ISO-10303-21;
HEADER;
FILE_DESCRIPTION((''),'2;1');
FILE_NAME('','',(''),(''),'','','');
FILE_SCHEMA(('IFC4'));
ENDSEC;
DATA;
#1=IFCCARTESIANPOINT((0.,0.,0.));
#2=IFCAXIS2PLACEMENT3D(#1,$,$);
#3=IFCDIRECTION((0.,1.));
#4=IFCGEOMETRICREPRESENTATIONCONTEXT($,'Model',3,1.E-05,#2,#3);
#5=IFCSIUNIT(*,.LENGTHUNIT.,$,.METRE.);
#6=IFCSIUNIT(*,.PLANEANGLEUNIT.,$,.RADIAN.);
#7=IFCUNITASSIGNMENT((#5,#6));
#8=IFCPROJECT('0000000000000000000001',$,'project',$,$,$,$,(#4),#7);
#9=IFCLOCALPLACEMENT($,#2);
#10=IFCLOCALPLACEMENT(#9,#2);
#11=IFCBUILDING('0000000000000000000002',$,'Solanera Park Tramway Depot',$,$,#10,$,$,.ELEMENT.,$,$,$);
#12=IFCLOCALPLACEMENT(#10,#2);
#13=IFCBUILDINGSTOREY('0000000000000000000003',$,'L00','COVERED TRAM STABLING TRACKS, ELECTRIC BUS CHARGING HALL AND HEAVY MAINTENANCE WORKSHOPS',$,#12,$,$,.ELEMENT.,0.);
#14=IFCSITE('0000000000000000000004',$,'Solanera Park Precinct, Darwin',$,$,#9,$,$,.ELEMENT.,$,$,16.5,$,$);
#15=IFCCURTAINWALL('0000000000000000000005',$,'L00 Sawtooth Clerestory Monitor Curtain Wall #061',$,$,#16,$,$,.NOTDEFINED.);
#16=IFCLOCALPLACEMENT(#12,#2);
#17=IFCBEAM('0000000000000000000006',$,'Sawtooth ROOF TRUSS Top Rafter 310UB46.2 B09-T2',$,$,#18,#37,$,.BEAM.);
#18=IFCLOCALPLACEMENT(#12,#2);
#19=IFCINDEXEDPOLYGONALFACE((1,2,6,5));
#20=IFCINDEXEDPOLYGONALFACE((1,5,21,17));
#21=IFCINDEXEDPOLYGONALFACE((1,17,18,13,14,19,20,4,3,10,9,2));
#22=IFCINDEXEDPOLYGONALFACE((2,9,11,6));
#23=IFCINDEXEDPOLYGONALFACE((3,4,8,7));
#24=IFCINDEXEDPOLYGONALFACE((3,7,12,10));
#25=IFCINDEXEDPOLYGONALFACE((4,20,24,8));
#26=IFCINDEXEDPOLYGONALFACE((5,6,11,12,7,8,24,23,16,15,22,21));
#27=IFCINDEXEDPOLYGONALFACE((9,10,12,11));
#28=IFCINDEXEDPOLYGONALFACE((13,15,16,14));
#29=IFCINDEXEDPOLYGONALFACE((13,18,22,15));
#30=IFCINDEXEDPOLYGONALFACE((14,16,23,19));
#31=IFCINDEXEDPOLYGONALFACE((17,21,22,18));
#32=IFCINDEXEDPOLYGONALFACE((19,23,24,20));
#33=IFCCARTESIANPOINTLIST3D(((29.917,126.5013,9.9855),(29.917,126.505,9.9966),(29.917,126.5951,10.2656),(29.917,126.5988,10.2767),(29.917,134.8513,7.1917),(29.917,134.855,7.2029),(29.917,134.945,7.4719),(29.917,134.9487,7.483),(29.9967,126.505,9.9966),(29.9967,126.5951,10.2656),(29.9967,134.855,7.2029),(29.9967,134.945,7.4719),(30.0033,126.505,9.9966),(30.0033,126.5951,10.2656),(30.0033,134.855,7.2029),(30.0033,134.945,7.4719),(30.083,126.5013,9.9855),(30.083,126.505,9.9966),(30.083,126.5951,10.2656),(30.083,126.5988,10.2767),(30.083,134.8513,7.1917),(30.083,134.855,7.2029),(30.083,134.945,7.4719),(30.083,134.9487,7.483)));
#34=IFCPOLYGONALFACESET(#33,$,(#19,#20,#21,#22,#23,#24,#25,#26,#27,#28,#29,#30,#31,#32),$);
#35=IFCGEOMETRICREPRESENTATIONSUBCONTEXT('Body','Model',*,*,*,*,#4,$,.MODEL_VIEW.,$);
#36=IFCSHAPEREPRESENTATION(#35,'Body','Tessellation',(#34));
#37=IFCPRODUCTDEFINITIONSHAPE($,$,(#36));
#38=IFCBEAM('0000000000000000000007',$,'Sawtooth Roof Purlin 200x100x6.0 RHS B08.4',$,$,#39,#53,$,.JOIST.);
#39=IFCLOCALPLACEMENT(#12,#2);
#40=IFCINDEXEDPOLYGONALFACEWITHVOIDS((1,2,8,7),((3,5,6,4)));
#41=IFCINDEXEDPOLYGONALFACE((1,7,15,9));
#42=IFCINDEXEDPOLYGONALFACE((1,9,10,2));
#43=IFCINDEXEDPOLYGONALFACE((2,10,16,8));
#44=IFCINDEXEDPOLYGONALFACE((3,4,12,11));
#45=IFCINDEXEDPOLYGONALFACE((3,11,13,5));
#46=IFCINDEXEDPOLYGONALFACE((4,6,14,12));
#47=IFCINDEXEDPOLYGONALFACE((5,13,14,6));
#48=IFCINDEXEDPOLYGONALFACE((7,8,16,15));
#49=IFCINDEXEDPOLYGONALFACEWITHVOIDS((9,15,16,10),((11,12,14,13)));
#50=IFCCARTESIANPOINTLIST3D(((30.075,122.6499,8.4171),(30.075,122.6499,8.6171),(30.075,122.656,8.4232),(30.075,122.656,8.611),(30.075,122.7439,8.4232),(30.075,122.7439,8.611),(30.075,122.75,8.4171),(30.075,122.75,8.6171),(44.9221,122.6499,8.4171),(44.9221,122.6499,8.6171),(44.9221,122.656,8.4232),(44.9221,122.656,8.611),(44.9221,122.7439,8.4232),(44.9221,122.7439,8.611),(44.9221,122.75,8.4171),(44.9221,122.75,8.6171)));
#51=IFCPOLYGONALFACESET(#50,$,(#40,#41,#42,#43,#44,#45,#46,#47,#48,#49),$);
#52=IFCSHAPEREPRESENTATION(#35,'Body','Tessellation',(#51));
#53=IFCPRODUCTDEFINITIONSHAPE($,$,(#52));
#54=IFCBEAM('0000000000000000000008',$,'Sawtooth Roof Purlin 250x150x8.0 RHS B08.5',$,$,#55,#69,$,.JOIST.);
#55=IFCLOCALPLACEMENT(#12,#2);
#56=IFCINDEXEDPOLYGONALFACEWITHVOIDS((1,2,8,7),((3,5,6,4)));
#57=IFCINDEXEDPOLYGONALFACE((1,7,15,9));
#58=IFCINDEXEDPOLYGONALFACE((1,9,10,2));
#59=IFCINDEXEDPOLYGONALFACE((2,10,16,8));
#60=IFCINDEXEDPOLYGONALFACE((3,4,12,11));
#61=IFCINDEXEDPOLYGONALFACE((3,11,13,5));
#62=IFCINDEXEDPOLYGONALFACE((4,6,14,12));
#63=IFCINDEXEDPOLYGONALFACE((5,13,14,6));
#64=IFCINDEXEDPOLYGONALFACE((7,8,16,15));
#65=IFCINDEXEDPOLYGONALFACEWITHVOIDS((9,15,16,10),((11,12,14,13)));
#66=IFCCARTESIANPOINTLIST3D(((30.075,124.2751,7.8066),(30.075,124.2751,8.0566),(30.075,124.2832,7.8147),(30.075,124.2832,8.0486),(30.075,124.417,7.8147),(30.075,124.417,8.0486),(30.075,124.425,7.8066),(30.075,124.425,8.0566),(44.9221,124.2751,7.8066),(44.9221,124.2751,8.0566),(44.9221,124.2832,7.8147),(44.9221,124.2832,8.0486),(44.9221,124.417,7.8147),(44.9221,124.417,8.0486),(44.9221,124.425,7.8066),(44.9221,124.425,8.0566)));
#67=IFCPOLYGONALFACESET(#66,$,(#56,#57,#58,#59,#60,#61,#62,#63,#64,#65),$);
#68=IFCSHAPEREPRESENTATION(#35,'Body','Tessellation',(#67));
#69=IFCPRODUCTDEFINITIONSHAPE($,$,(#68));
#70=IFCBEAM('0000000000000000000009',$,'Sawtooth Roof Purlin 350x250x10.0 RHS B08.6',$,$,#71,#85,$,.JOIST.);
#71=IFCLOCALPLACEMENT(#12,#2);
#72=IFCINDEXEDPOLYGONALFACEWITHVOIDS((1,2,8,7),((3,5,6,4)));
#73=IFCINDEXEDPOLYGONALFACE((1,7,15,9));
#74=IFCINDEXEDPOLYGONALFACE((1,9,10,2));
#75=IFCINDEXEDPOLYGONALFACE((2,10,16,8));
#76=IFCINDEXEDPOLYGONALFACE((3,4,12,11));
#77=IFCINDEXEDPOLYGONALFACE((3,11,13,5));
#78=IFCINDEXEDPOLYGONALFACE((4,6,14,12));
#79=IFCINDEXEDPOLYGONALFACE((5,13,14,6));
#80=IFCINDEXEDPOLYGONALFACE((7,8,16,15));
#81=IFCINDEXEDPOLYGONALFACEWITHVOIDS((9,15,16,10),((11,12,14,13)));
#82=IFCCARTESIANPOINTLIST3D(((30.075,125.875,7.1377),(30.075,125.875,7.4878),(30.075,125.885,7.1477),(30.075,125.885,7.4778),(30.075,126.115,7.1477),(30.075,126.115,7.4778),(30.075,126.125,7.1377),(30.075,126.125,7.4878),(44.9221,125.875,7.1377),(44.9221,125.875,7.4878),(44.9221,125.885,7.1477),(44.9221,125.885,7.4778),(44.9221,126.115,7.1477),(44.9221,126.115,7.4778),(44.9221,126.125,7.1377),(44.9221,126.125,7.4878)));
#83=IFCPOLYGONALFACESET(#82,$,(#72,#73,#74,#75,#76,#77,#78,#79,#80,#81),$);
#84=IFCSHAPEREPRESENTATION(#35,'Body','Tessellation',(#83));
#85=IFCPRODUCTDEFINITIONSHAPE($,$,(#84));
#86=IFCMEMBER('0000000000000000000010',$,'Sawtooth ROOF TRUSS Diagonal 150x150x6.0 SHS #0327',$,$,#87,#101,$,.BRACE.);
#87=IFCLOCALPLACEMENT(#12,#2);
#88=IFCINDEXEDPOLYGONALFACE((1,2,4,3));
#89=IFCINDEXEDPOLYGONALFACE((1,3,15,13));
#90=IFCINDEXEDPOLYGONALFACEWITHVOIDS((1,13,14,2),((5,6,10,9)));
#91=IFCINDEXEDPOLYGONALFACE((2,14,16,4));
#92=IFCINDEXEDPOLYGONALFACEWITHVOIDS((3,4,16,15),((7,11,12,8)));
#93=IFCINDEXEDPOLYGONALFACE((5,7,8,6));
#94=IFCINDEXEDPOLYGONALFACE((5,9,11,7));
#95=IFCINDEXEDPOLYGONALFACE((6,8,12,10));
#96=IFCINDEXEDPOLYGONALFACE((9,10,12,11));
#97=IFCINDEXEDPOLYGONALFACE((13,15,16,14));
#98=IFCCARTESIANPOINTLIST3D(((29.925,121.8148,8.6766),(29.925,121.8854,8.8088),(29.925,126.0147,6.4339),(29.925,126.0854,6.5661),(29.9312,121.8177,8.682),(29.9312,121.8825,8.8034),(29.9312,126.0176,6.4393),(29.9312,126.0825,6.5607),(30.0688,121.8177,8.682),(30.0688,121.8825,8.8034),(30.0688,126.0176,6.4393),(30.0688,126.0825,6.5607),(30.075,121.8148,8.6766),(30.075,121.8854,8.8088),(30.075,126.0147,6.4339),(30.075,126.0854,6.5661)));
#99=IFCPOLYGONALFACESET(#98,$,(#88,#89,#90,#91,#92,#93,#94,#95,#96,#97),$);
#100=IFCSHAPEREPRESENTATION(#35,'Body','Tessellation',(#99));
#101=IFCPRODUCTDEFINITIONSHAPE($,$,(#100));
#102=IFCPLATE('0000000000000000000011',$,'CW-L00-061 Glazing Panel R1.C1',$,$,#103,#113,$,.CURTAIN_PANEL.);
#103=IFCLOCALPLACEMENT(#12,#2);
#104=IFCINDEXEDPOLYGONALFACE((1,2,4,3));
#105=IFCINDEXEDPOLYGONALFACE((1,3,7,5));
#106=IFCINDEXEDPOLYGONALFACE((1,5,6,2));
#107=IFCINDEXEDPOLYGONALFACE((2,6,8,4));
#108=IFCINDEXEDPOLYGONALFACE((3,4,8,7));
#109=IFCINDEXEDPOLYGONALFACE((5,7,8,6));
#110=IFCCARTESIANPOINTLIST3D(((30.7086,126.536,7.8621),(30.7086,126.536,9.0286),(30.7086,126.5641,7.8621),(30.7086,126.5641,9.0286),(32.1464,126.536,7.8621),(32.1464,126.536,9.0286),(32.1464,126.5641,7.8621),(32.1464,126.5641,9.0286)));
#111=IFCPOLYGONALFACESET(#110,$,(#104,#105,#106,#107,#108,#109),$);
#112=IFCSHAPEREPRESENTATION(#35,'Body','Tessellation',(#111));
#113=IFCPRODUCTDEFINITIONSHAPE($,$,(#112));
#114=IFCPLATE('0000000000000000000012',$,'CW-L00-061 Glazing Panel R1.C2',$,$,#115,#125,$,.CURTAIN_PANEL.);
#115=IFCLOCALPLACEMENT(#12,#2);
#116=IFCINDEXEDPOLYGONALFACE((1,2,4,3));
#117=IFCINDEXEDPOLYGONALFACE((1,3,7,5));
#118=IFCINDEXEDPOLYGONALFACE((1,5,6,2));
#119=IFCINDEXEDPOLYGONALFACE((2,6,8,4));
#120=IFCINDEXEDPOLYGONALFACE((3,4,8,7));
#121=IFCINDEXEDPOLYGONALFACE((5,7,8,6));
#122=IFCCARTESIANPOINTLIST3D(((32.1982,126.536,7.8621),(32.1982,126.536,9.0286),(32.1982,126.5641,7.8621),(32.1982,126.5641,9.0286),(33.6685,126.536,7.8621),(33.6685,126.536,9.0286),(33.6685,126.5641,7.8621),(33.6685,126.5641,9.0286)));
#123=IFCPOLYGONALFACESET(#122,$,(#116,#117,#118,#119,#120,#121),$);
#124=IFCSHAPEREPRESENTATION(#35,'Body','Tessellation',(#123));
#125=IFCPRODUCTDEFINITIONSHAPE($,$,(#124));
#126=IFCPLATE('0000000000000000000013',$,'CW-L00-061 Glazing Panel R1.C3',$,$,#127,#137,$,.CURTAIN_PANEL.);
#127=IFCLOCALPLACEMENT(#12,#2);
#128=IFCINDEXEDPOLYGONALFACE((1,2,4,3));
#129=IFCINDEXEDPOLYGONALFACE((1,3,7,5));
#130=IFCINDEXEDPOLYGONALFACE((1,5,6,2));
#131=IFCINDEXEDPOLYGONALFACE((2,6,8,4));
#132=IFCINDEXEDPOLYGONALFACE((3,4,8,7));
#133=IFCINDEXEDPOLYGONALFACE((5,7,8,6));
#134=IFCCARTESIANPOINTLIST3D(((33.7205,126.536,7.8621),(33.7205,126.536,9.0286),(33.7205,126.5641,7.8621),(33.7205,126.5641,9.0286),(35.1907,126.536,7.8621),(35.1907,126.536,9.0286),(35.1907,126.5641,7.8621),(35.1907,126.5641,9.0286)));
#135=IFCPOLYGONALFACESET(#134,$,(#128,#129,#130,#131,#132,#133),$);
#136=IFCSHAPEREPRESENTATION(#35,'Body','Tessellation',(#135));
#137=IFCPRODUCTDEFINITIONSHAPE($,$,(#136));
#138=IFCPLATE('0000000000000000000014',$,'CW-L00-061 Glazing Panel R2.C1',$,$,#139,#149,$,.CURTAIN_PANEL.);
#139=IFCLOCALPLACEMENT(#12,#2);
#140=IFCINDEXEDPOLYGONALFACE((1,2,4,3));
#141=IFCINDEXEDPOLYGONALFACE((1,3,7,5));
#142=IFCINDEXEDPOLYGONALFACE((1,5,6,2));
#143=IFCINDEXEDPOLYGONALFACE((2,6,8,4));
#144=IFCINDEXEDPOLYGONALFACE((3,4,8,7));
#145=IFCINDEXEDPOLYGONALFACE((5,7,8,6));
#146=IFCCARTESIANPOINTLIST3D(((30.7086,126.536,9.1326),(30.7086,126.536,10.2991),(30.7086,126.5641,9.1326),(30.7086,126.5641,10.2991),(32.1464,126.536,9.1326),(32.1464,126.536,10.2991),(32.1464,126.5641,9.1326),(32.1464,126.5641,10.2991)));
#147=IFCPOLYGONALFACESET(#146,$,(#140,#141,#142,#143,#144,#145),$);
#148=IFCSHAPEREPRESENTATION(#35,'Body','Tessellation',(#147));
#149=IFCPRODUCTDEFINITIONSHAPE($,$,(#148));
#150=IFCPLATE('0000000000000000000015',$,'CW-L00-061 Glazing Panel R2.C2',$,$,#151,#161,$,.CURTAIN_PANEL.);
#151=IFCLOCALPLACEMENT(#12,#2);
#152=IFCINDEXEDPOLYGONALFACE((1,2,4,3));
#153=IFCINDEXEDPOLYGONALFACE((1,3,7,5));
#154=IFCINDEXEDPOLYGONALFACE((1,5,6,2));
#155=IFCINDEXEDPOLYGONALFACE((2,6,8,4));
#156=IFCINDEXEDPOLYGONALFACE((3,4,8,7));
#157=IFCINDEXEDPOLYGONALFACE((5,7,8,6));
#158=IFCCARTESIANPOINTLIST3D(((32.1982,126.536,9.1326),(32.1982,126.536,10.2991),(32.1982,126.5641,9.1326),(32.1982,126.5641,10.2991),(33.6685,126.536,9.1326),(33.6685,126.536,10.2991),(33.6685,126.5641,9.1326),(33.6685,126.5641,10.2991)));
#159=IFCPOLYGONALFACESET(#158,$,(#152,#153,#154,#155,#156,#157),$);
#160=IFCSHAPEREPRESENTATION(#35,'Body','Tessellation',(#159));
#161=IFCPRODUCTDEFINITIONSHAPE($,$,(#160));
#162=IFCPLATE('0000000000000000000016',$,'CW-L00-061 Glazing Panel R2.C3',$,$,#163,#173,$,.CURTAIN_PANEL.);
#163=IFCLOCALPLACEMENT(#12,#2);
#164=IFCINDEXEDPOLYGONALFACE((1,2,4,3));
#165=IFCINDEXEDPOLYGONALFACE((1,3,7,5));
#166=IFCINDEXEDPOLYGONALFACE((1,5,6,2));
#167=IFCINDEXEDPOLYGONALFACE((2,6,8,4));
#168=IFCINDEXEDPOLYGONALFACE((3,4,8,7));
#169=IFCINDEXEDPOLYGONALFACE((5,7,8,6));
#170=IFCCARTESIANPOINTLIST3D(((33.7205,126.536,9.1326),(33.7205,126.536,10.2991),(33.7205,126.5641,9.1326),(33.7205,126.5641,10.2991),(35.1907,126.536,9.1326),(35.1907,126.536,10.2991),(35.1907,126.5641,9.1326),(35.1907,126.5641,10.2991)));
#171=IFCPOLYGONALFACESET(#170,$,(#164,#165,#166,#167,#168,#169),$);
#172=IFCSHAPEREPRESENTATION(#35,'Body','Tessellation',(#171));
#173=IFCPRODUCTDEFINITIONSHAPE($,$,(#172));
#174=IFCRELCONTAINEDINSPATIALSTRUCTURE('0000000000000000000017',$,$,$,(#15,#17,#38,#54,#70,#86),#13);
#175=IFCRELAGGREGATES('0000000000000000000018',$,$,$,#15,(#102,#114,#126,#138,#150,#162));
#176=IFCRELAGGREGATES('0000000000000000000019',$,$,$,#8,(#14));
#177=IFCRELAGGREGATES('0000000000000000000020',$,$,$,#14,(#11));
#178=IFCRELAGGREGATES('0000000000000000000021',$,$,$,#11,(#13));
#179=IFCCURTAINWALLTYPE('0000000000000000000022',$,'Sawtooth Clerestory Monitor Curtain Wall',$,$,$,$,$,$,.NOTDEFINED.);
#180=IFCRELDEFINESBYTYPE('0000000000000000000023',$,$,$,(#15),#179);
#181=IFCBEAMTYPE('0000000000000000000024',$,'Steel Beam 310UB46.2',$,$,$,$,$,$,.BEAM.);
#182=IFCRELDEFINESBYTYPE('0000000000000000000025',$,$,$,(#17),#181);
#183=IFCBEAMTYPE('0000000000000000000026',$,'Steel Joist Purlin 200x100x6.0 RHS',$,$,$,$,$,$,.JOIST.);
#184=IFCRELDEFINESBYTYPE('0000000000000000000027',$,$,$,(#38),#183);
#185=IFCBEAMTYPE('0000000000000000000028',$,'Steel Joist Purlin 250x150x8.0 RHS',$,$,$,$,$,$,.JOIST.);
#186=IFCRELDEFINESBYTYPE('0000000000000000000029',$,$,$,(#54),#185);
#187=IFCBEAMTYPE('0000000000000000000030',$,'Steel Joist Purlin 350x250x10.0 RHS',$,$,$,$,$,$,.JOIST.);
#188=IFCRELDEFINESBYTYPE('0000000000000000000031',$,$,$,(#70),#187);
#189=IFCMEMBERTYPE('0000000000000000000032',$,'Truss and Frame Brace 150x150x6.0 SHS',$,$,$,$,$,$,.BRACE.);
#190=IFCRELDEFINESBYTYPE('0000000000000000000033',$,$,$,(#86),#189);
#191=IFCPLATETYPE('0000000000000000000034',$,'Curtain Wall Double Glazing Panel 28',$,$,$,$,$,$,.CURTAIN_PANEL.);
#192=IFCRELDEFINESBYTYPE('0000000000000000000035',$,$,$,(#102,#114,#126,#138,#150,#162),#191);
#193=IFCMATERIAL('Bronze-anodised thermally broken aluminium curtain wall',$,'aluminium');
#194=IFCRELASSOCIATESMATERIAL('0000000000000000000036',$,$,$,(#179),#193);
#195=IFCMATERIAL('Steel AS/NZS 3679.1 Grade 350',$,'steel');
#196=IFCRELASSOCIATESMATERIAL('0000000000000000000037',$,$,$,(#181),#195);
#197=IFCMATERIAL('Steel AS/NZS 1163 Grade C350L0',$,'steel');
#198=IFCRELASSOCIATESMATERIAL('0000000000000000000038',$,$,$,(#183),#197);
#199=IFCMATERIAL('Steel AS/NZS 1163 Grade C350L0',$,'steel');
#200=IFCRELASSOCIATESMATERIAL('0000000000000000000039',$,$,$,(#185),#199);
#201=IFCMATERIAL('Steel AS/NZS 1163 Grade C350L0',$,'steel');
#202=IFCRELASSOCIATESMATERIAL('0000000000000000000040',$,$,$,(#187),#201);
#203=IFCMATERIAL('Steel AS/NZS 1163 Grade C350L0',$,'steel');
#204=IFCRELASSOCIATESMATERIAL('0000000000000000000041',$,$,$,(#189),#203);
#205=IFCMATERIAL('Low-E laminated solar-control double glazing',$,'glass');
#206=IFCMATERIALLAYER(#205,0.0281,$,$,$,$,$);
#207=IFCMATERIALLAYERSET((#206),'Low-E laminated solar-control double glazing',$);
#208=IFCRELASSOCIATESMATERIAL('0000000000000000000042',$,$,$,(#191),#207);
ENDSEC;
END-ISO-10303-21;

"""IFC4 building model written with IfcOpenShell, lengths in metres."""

from ifc_helpers import new_model, si_unit, direction, frame, origin, origin_2d, place, context, subcontext, project, spatial, rectangle, hollow_rectangle, i_section, extrude, material, layer, layer_set, material_profile, profile_set, type_object, element, aggregate, save


model = new_model("IFC4")

# Units and contexts
model_context = context("Model", 3, precision=1e-05, world=origin(), true_north=direction((0.0, 1.0)))
body_context = subcontext(model_context, "Body", "Model", "MODEL_VIEW")
ifc_project = project(units=[si_unit("LENGTHUNIT", "METRE"), si_unit("PLANEANGLEUNIT", "RADIAN")], contexts=[model_context])

# Site, building, storey
site_placement = place(None, origin())
site = spatial("IfcSite", under=ifc_project, at=site_placement, Name="Solanera Park Precinct, Darwin", CompositionType="ELEMENT", RefElevation=16.5)
building_placement = place(site_placement, origin())
building = spatial("IfcBuilding", under=site, at=building_placement, Name="Solanera Park Tramway Depot", CompositionType="ELEMENT")
storey_placement = place(building_placement, origin())
storey = spatial("IfcBuildingStorey", under=building, at=storey_placement, Name="L00", Description="COVERED TRAM STABLING TRACKS, ELECTRIC BUS CHARGING HALL AND HEAVY MAINTENANCE WORKSHOPS", CompositionType="ELEMENT", Elevation=0.0)

# Curtain wall
ifc_material_1 = material(Name="Bronze-anodised thermally broken aluminium curtain wall", Category="aluminium")
curtain_wall_type = type_object("IfcCurtainWallType", Name="Sawtooth Clerestory Monitor Curtain Wall", PredefinedType="NOTDEFINED", material=ifc_material_1)
curtain_wall_placement = place(storey_placement, origin())
curtain_wall = element("IfcCurtainWall", 1, at=curtain_wall_placement, inside=storey, type_object=curtain_wall_type, Name="L00 Sawtooth Clerestory Monitor Curtain Wall #061", PredefinedType="NOTDEFINED")

# Beams
ifc_material_2 = material(Name="Steel AS/NZS 3679.1 Grade 350", Category="steel")
ifc_material_profile_1 = material_profile(ifc_material_2, i_section(OverallWidth=0.166, OverallDepth=0.3071, WebThickness=0.0066, FlangeThickness=0.0117, at=origin_2d()), Name="310UB46.2")
ifc_profile_set_1 = profile_set([ifc_material_profile_1], Name="Steel AS/NZS 3679.1 Grade 350")
beam_type_1 = type_object("IfcBeamType", Name="Steel Beam 310UB46.2", PredefinedType="BEAM", material=ifc_profile_set_1)
beam_1_placement = place(storey_placement, frame((30.0, 126.55, 10.1311), z_axis=(0.0, 0.948328, -0.317292), x_axis=(-1.0, 0.0, 0.0)))
element("IfcBeam", 2, at=beam_1_placement, inside=storey, type_object=beam_type_1, Name="Sawtooth ROOF TRUSS Top Rafter 310UB46.2 B09-T2", PredefinedType="BEAM", context=body_context, shape_type="SweptSolid", body=[
    extrude(i_section(OverallWidth=0.166, OverallDepth=0.3071, WebThickness=0.0066, FlangeThickness=0.0117, at=origin_2d()), origin(), (0.0, 0.0, 1.0), 8.8049),
])
ifc_material_3 = material(Name="Steel AS/NZS 1163 Grade C350L0", Category="steel")
ifc_material_profile_2 = material_profile(ifc_material_3, hollow_rectangle(XDim=0.1001, YDim=0.2, WallThickness=0.0061, at=origin_2d()), Name="200x100x6.0 RHS")
ifc_profile_set_2 = profile_set([ifc_material_profile_2], Name="Steel AS/NZS 1163 Grade C350L0")
beam_type_2 = type_object("IfcBeamType", Name="Steel Joist Purlin 200x100x6.0 RHS", PredefinedType="JOIST", material=ifc_profile_set_2)
beam_2_placement = place(storey_placement, frame((30.075, 122.7, 8.5171), z_axis=(1.0, 0.0, 0.0), x_axis=(0.0, 1.0, 0.0)))
element("IfcBeam", 3, at=beam_2_placement, inside=storey, type_object=beam_type_2, Name="Sawtooth Roof Purlin 200x100x6.0 RHS B08.4", PredefinedType="JOIST", context=body_context, shape_type="SweptSolid", body=[
    extrude(hollow_rectangle(XDim=0.1001, YDim=0.2, WallThickness=0.0061, at=origin_2d()), origin(), (0.0, 0.0, 1.0), 14.8472),
])
ifc_material_4 = material(Name="Steel AS/NZS 1163 Grade C350L0", Category="steel")
ifc_material_profile_3 = material_profile(ifc_material_4, hollow_rectangle(XDim=0.1499, YDim=0.25, WallThickness=0.0081, at=origin_2d()), Name="250x150x8.0 RHS")
ifc_profile_set_3 = profile_set([ifc_material_profile_3], Name="Steel AS/NZS 1163 Grade C350L0")
beam_type_3 = type_object("IfcBeamType", Name="Steel Joist Purlin 250x150x8.0 RHS", PredefinedType="JOIST", material=ifc_profile_set_3)
beam_3_placement = place(storey_placement, frame((30.075, 124.3501, 7.9316), z_axis=(1.0, 0.0, 0.0), x_axis=(0.0, 1.0, 0.0)))
element("IfcBeam", 4, at=beam_3_placement, inside=storey, type_object=beam_type_3, Name="Sawtooth Roof Purlin 250x150x8.0 RHS B08.5", PredefinedType="JOIST", context=body_context, shape_type="SweptSolid", body=[
    extrude(hollow_rectangle(XDim=0.1499, YDim=0.25, WallThickness=0.0081, at=origin_2d()), origin(), (0.0, 0.0, 1.0), 14.8472),
])
ifc_material_5 = material(Name="Steel AS/NZS 1163 Grade C350L0", Category="steel")
ifc_material_profile_4 = material_profile(ifc_material_5, hollow_rectangle(XDim=0.25, YDim=0.3501, WallThickness=0.01, at=origin_2d()), Name="350x250x10.0 RHS")
ifc_profile_set_4 = profile_set([ifc_material_profile_4], Name="Steel AS/NZS 1163 Grade C350L0")
beam_type_4 = type_object("IfcBeamType", Name="Steel Joist Purlin 350x250x10.0 RHS", PredefinedType="JOIST", material=ifc_profile_set_4)
beam_4_placement = place(storey_placement, frame((30.075, 126.0, 7.3127), z_axis=(1.0, 0.0, 0.0), x_axis=(0.0, 1.0, 0.0)))
element("IfcBeam", 5, at=beam_4_placement, inside=storey, type_object=beam_type_4, Name="Sawtooth Roof Purlin 350x250x10.0 RHS B08.6", PredefinedType="JOIST", context=body_context, shape_type="SweptSolid", body=[
    extrude(hollow_rectangle(XDim=0.25, YDim=0.3501, WallThickness=0.01, at=origin_2d()), origin(), (0.0, 0.0, 1.0), 14.8472),
])

# Member
ifc_material_6 = material(Name="Steel AS/NZS 1163 Grade C350L0", Category="steel")
ifc_material_profile_5 = material_profile(ifc_material_6, hollow_rectangle(XDim=0.1499, YDim=0.1499, WallThickness=0.0061, at=origin_2d()), Name="150x150x6.0 SHS")
ifc_profile_set_5 = profile_set([ifc_material_profile_5], Name="Steel AS/NZS 1163 Grade C350L0")
member_type_1 = type_object("IfcMemberType", Name="Truss and Frame Brace 150x150x6.0 SHS", PredefinedType="BRACE", material=ifc_profile_set_5)
member_1_placement = place(storey_placement, frame((30.0, 126.05, 6.5), z_axis=(0.0, -0.882117, 0.47103), x_axis=(1.0, 0.0, 0.0)))
element("IfcMember", 6, at=member_1_placement, inside=storey, type_object=member_type_1, Name="Sawtooth ROOF TRUSS Diagonal 150x150x6.0 SHS #0327", PredefinedType="BRACE", context=body_context, shape_type="SweptSolid", body=[
    extrude(hollow_rectangle(XDim=0.1499, YDim=0.1499, WallThickness=0.0061, at=origin_2d()), origin(), (0.0, 0.0, 1.0), 4.7612),
])

# Plates
ifc_material_7 = material(Name="Low-E laminated solar-control double glazing", Category="glass")
ifc_layer_1 = layer(ifc_material_7, 0.0281)
ifc_layer_set_1 = layer_set([ifc_layer_1], Name="Low-E laminated solar-control double glazing")
plate_type_1 = type_object("IfcPlateType", Name="Curtain Wall Double Glazing Panel 28", PredefinedType="CURTAIN_PANEL", material=ifc_layer_set_1)
plate_1_placement = place(storey_placement, frame((31.4275, 126.55, 7.8621), z_axis=(0.0, 0.0, 1.0), x_axis=(1.0, 0.0, 0.0)))
plate_1 = element("IfcPlate", 7, at=plate_1_placement, type_object=plate_type_1, Name="CW-L00-061 Glazing Panel R1.C1", PredefinedType="CURTAIN_PANEL", context=body_context, shape_type="SweptSolid", body=[
    extrude(rectangle(XDim=1.4377, YDim=0.0281, at=origin_2d()), origin(), (0.0, 0.0, 1.0), 1.1665),
])
plate_2_placement = place(storey_placement, frame((32.9333, 126.55, 7.8621), z_axis=(0.0, 0.0, 1.0), x_axis=(1.0, 0.0, 0.0)))
plate_2 = element("IfcPlate", 8, at=plate_2_placement, type_object=plate_type_1, Name="CW-L00-061 Glazing Panel R1.C2", PredefinedType="CURTAIN_PANEL", context=body_context, shape_type="SweptSolid", body=[
    extrude(rectangle(XDim=1.4702, YDim=0.0281, at=origin_2d()), origin(), (0.0, 0.0, 1.0), 1.1665),
])
plate_3_placement = place(storey_placement, frame((34.4556, 126.55, 7.8621), z_axis=(0.0, 0.0, 1.0), x_axis=(1.0, 0.0, 0.0)))
plate_3 = element("IfcPlate", 9, at=plate_3_placement, type_object=plate_type_1, Name="CW-L00-061 Glazing Panel R1.C3", PredefinedType="CURTAIN_PANEL", context=body_context, shape_type="SweptSolid", body=[
    extrude(rectangle(XDim=1.4702, YDim=0.0281, at=origin_2d()), origin(), (0.0, 0.0, 1.0), 1.1665),
])
plate_4_placement = place(storey_placement, frame((31.4275, 126.55, 9.1326), z_axis=(0.0, 0.0, 1.0), x_axis=(1.0, 0.0, 0.0)))
plate_4 = element("IfcPlate", 10, at=plate_4_placement, type_object=plate_type_1, Name="CW-L00-061 Glazing Panel R2.C1", PredefinedType="CURTAIN_PANEL", context=body_context, shape_type="SweptSolid", body=[
    extrude(rectangle(XDim=1.4377, YDim=0.0281, at=origin_2d()), origin(), (0.0, 0.0, 1.0), 1.1665),
])
plate_5_placement = place(storey_placement, frame((32.9333, 126.55, 9.1326), z_axis=(0.0, 0.0, 1.0), x_axis=(1.0, 0.0, 0.0)))
plate_5 = element("IfcPlate", 11, at=plate_5_placement, type_object=plate_type_1, Name="CW-L00-061 Glazing Panel R2.C2", PredefinedType="CURTAIN_PANEL", context=body_context, shape_type="SweptSolid", body=[
    extrude(rectangle(XDim=1.4702, YDim=0.0281, at=origin_2d()), origin(), (0.0, 0.0, 1.0), 1.1665),
])
plate_6_placement = place(storey_placement, frame((34.4556, 126.55, 9.1326), z_axis=(0.0, 0.0, 1.0), x_axis=(1.0, 0.0, 0.0)))
plate_6 = element("IfcPlate", 12, at=plate_6_placement, type_object=plate_type_1, Name="CW-L00-061 Glazing Panel R2.C3", PredefinedType="CURTAIN_PANEL", context=body_context, shape_type="SweptSolid", body=[
    extrude(rectangle(XDim=1.4702, YDim=0.0281, at=origin_2d()), origin(), (0.0, 0.0, 1.0), 1.1665),
])
aggregate(curtain_wall, [plate_1, plate_2, plate_3, plate_4, plate_5, plate_6])

save(model, "model.ifc")
